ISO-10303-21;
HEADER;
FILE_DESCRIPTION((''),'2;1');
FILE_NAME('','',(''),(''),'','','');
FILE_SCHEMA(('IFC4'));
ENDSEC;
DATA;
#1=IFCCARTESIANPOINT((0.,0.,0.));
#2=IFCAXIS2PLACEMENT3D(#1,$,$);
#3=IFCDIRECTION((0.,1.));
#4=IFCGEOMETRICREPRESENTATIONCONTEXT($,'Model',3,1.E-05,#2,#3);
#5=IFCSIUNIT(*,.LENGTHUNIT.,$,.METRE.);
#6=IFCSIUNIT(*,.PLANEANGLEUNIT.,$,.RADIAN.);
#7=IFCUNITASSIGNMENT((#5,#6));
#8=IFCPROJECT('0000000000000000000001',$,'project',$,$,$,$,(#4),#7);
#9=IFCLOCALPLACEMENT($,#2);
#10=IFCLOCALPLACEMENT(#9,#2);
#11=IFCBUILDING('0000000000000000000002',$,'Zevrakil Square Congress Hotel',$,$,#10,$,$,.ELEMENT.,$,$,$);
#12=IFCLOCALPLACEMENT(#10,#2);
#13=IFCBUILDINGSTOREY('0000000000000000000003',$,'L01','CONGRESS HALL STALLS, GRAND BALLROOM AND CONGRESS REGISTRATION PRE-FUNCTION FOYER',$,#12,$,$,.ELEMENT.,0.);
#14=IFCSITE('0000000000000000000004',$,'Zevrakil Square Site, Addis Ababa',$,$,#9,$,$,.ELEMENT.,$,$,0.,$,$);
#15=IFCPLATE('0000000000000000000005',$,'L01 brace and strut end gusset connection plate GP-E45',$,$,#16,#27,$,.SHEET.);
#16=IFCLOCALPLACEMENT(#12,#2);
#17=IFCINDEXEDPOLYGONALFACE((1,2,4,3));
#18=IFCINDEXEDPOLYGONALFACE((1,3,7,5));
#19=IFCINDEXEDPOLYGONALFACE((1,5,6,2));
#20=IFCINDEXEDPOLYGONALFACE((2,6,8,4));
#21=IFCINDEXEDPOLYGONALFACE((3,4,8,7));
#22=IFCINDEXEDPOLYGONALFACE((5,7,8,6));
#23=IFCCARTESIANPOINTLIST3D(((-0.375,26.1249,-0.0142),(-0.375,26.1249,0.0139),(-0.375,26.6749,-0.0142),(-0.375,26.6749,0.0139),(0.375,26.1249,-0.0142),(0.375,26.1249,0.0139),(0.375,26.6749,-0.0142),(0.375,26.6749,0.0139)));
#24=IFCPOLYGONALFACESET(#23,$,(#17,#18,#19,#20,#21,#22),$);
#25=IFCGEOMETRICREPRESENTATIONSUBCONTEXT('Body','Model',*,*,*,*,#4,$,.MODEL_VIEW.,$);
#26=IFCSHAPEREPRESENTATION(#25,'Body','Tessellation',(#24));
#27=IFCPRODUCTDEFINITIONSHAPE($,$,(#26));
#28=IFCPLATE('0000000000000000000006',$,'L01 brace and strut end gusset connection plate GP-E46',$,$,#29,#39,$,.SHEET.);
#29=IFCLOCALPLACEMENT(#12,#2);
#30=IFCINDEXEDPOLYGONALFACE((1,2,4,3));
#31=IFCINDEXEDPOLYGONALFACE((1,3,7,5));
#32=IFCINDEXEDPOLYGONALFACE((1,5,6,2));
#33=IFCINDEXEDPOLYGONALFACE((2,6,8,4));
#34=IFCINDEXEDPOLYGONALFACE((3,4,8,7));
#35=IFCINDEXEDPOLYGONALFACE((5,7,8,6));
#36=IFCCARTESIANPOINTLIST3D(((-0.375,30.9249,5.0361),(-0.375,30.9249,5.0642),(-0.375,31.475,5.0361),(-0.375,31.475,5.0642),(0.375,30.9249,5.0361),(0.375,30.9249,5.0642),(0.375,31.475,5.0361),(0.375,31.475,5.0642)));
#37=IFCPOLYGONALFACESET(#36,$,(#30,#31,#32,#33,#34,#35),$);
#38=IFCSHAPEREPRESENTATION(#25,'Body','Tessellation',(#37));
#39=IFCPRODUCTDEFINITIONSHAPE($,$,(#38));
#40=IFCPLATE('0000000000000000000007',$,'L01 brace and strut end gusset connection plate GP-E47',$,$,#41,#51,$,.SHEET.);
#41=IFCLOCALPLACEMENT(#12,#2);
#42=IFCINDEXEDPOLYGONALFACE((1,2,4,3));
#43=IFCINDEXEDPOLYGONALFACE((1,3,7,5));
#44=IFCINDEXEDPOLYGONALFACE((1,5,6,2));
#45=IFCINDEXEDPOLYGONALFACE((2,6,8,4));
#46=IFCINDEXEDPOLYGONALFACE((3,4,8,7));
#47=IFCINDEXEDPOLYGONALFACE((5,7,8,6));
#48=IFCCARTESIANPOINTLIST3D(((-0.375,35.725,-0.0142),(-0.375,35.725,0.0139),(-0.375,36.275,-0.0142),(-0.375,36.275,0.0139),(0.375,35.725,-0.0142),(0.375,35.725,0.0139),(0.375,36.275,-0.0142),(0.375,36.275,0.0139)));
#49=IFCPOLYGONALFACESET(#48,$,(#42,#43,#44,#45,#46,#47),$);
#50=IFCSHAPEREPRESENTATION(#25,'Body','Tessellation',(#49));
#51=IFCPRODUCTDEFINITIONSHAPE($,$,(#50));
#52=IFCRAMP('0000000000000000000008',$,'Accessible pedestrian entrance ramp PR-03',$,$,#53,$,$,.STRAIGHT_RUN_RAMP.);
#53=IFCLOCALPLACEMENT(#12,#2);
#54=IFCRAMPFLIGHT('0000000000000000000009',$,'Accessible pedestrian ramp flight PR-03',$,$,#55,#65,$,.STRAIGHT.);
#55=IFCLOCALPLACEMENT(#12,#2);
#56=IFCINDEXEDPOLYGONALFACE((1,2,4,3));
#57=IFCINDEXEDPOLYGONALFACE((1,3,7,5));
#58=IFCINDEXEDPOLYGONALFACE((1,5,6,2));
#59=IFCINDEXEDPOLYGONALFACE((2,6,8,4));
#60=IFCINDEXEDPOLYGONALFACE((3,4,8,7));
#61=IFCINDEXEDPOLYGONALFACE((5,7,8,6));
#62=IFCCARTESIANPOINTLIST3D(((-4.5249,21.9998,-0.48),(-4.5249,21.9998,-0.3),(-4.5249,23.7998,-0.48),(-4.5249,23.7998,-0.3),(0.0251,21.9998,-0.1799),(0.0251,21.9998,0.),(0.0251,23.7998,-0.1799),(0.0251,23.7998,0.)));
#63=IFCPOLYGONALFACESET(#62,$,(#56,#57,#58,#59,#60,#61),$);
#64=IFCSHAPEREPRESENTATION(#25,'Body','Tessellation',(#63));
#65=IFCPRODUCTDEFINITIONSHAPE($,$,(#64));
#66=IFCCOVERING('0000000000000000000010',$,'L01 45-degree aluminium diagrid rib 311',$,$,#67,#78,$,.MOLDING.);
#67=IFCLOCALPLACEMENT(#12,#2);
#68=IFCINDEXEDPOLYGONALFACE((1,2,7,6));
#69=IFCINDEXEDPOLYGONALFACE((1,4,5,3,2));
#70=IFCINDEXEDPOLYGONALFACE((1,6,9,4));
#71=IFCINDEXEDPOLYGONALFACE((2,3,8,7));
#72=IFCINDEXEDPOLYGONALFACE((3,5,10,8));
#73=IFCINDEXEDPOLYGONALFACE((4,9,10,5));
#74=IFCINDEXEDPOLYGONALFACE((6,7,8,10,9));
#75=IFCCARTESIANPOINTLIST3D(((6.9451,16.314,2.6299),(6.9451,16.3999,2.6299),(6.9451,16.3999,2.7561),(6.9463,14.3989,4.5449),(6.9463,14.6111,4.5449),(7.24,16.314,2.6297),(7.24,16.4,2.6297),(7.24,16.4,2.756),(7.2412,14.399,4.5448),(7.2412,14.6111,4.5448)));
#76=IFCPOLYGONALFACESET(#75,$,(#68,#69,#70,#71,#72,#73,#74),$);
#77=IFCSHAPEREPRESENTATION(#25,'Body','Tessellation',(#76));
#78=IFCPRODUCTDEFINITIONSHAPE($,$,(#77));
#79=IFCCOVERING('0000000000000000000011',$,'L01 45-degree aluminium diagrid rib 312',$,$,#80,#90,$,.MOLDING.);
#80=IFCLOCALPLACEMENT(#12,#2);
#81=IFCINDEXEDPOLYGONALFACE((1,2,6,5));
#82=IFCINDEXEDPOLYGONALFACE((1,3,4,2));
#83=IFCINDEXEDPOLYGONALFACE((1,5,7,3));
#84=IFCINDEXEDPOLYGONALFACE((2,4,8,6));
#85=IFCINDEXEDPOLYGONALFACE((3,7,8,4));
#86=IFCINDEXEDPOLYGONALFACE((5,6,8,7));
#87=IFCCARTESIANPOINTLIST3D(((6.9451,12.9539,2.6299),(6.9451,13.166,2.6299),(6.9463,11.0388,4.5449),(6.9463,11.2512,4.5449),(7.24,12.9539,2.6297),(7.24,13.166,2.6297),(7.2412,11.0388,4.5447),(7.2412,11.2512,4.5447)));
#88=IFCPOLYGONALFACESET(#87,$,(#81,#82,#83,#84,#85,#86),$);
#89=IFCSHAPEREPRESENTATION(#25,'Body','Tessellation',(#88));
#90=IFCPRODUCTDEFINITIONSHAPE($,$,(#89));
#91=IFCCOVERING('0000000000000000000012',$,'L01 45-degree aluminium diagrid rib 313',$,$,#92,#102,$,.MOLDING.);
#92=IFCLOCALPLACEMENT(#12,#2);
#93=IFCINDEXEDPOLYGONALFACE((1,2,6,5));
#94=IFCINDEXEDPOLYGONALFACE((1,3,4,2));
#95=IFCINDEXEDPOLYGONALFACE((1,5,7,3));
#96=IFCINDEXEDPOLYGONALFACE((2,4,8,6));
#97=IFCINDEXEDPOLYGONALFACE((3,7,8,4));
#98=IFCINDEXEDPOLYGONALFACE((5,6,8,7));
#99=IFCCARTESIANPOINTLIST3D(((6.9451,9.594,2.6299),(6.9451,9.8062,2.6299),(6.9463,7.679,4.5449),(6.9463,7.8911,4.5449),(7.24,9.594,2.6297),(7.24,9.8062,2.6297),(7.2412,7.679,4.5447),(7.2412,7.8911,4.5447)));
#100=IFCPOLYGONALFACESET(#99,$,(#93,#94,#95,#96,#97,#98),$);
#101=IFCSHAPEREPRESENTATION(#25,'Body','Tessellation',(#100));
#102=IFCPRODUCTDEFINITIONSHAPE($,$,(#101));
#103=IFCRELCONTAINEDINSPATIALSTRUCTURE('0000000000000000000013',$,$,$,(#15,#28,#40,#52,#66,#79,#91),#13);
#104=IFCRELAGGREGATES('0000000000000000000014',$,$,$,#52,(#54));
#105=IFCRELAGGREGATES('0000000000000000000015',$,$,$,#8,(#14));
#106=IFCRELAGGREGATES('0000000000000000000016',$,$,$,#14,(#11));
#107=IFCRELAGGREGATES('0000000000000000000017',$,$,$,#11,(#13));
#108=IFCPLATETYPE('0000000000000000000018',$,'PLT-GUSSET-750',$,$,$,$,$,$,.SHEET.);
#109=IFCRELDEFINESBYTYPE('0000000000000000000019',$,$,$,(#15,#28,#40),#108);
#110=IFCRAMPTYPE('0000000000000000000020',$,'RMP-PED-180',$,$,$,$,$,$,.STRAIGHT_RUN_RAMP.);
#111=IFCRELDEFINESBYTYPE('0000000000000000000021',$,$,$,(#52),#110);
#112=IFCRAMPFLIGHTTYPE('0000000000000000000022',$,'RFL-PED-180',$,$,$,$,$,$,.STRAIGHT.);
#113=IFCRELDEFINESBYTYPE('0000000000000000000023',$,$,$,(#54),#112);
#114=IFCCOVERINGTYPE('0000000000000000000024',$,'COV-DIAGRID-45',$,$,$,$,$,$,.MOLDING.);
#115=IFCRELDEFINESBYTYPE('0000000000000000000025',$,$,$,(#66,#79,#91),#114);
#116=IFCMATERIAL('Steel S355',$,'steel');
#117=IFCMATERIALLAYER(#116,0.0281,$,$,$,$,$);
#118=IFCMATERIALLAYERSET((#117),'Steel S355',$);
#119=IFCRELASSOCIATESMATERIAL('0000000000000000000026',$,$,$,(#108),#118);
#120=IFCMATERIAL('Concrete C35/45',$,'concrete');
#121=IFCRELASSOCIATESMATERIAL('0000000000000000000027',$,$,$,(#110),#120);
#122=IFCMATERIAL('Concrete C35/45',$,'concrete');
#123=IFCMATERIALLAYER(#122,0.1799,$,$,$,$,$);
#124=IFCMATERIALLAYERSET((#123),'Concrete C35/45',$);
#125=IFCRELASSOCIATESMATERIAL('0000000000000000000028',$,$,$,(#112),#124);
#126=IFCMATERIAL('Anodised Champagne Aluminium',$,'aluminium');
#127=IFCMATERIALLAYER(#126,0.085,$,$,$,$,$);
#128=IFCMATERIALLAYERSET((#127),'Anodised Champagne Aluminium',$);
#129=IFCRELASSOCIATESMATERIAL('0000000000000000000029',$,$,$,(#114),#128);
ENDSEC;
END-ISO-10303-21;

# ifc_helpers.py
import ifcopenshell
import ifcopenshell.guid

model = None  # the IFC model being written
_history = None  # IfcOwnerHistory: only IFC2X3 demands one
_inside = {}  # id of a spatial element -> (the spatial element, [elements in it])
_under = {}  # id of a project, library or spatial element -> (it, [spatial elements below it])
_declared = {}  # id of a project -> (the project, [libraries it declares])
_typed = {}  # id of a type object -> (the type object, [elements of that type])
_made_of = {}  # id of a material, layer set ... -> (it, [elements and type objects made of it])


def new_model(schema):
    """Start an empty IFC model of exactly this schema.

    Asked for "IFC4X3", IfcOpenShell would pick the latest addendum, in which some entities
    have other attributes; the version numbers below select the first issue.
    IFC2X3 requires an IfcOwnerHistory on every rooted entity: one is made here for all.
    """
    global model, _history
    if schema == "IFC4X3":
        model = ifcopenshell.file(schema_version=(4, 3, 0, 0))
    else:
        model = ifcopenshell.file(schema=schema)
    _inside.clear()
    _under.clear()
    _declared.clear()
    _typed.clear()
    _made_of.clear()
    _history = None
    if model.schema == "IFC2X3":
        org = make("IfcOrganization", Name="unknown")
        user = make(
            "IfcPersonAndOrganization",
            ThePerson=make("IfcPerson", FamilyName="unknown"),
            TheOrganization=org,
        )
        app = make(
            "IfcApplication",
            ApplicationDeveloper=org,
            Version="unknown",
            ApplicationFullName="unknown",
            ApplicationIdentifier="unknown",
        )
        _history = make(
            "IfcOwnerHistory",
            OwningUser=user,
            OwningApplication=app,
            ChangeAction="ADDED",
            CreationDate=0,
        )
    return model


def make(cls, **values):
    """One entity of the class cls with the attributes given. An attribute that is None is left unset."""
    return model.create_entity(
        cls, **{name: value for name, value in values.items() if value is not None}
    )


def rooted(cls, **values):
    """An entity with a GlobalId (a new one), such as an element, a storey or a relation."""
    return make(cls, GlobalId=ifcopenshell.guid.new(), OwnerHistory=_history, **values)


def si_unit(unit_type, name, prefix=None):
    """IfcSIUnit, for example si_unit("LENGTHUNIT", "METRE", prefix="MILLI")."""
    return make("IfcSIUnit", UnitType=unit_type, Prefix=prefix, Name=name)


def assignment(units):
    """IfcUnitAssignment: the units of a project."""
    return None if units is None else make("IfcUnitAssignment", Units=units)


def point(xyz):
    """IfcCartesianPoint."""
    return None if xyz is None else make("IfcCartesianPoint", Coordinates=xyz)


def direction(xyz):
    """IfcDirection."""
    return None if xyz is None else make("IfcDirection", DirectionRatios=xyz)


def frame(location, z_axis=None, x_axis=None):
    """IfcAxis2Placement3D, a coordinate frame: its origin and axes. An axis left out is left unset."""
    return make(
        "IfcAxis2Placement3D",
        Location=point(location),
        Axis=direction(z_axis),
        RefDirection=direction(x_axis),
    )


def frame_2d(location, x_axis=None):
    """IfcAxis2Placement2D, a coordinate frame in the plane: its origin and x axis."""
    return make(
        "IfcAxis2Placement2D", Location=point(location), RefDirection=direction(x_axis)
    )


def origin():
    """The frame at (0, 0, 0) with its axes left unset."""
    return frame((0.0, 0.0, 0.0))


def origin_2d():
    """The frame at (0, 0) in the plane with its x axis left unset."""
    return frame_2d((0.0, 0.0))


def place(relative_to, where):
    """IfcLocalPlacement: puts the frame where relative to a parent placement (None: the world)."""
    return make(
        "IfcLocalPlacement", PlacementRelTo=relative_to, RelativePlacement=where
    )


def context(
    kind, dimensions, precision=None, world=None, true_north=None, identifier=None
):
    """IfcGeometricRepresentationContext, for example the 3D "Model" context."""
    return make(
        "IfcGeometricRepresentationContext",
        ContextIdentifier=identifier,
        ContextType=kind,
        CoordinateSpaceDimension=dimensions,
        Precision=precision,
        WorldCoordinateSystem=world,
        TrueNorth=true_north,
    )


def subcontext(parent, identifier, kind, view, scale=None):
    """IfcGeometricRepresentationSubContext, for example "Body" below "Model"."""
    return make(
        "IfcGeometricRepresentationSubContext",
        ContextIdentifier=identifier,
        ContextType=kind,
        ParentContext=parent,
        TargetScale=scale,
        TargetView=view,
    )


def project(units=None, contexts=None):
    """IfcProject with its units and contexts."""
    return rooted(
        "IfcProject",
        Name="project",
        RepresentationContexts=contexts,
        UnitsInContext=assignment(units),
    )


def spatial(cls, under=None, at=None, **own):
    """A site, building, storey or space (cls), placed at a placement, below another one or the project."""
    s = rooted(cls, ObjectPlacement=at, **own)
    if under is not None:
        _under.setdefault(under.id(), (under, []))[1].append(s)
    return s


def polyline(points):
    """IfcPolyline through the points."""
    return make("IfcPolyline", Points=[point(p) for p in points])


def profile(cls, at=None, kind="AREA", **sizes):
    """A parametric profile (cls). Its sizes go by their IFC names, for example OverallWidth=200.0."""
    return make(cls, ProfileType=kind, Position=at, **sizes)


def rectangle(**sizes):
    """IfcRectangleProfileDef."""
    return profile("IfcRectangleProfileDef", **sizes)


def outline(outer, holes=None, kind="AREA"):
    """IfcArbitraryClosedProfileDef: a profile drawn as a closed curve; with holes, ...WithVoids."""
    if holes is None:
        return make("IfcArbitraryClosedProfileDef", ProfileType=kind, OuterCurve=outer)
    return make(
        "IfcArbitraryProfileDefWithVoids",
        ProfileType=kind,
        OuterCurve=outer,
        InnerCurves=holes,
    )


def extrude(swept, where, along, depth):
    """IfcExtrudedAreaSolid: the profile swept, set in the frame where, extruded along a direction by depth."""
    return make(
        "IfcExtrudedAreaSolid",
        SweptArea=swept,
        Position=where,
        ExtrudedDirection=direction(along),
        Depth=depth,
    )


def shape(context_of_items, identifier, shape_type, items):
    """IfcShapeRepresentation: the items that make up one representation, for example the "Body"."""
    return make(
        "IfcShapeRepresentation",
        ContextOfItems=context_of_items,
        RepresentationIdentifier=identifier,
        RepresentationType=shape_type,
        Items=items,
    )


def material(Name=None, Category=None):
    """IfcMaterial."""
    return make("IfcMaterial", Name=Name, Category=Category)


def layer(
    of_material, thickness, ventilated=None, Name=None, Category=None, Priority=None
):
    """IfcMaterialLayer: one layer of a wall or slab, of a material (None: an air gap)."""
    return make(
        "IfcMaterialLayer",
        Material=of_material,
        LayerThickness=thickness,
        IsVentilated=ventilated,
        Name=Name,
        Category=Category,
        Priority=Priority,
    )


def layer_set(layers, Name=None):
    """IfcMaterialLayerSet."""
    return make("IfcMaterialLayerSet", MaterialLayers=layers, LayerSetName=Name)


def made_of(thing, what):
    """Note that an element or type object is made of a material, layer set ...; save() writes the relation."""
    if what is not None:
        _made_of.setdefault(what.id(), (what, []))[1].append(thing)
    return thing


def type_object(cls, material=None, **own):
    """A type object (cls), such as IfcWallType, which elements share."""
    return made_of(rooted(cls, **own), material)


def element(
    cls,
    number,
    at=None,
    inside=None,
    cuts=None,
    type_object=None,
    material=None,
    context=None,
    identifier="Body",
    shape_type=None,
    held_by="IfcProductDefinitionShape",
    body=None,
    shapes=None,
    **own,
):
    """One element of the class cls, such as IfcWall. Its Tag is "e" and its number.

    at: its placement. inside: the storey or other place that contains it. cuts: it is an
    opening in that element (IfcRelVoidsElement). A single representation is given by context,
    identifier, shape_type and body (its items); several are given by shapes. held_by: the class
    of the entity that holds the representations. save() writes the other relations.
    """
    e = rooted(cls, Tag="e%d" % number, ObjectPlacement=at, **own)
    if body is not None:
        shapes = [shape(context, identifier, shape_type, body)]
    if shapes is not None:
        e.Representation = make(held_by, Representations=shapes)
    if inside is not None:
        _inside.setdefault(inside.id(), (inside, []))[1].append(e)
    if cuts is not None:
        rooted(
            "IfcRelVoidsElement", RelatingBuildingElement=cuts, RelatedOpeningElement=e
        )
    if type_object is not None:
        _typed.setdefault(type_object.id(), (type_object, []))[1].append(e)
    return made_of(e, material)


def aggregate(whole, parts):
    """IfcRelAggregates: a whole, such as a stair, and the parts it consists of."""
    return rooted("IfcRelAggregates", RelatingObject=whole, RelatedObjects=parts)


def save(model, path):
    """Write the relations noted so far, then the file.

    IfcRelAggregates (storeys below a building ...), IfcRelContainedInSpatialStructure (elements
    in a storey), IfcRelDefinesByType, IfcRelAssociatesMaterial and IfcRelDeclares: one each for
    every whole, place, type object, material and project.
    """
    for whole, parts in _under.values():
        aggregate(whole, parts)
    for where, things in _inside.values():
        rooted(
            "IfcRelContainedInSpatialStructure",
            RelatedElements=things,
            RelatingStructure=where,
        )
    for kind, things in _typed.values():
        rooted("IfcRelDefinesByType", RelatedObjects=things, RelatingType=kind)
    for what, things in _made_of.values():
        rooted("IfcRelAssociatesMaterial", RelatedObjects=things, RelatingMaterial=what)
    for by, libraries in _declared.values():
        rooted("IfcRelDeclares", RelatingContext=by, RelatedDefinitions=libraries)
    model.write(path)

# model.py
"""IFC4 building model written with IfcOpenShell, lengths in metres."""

from ifc_helpers import new_model, si_unit, direction, frame, origin, origin_2d, place, context, subcontext, project, spatial, polyline, rectangle, outline, extrude, material, layer, layer_set, type_object, element, aggregate, save


model = new_model("IFC4")

# Units and contexts
model_context = context("Model", 3, precision=1e-05, world=origin(), true_north=direction((0.0, 1.0)))
body_context = subcontext(model_context, "Body", "Model", "MODEL_VIEW")
ifc_project = project(units=[si_unit("LENGTHUNIT", "METRE"), si_unit("PLANEANGLEUNIT", "RADIAN")], contexts=[model_context])

# Site, building, storey
site_placement = place(None, origin())
site = spatial("IfcSite", under=ifc_project, at=site_placement, Name="Zevrakil Square Site, Addis Ababa", CompositionType="ELEMENT", RefElevation=0.0)
building_placement = place(site_placement, origin())
building = spatial("IfcBuilding", under=site, at=building_placement, Name="Zevrakil Square Congress Hotel", CompositionType="ELEMENT")
storey_placement = place(building_placement, origin())
storey = spatial("IfcBuildingStorey", under=building, at=storey_placement, Name="L01", Description="CONGRESS HALL STALLS, GRAND BALLROOM AND CONGRESS REGISTRATION PRE-FUNCTION FOYER", CompositionType="ELEMENT", Elevation=0.0)

# Plates
ifc_material_1 = material(Name="Steel S355", Category="steel")
ifc_layer_1 = layer(ifc_material_1, 0.0281)
ifc_layer_set_1 = layer_set([ifc_layer_1], Name="Steel S355")
plate_type_1 = type_object("IfcPlateType", Name="PLT-GUSSET-750", PredefinedType="SHEET", material=ifc_layer_set_1)
for number, where, z_axis, x_axis, name in (
    (1, (0.0, 26.3999, -0.0142), (0.0, 0.0, 1.0), (1.0, 0.0, 0.0), "L01 brace and strut end gusset connection plate GP-E45"),
    (2, (0.0, 31.2, 5.0361), (0.0, 0.0, 1.0), (1.0, 0.0, 0.0), "L01 brace and strut end gusset connection plate GP-E46"),
    (3, (0.0, 36.0, -0.0142), (0.0, 0.0, 1.0), (1.0, 0.0, 0.0), "L01 brace and strut end gusset connection plate GP-E47"),
):
    element("IfcPlate", number, at=place(storey_placement, frame(where, z_axis=z_axis, x_axis=x_axis)), inside=storey, type_object=plate_type_1, Name=name, PredefinedType="SHEET", context=body_context, shape_type="SweptSolid", body=[
        extrude(rectangle(XDim=0.75, YDim=0.55, at=origin_2d()), origin(), (0.0, 0.0, 1.0), 0.0281),
    ])

# Ramp, ramp flight
ifc_material_2 = material(Name="Concrete C35/45", Category="concrete")
ramp_type = type_object("IfcRampType", Name="RMP-PED-180", PredefinedType="STRAIGHT_RUN_RAMP", material=ifc_material_2)
ramp_placement = place(storey_placement, origin())
ramp = element("IfcRamp", 4, at=ramp_placement, inside=storey, type_object=ramp_type, Name="Accessible pedestrian entrance ramp PR-03", PredefinedType="STRAIGHT_RUN_RAMP")
ifc_material_3 = material(Name="Concrete C35/45", Category="concrete")
ifc_layer_2 = layer(ifc_material_3, 0.1799)
ifc_layer_set_2 = layer_set([ifc_layer_2], Name="Concrete C35/45")
ramp_flight_type = type_object("IfcRampFlightType", Name="RFL-PED-180", PredefinedType="STRAIGHT", material=ifc_layer_set_2)
ramp_flight_placement = place(storey_placement, frame((-4.5249, 22.8999, -0.3), z_axis=(0.0, -1.0, 0.0), x_axis=(1.0, 0.0, 0.0)))
ramp_flight = element("IfcRampFlight", 5, at=ramp_flight_placement, type_object=ramp_flight_type, Name="Accessible pedestrian ramp flight PR-03", PredefinedType="STRAIGHT", context=body_context, shape_type="SweptSolid", body=[
    extrude(outline(polyline([(0.0, 0.0), (4.55, 0.3), (4.55, 0.1201), (0.0, -0.1799), (0.0, 0.0)])), frame((0.0, 0.0, -0.8999), z_axis=(0.0, 0.0, 1.0), x_axis=(1.0, 0.0, 0.0)), (0.0, 0.0, 1.0), 1.8),
])
aggregate(ramp, [ramp_flight])

# Coverings
ifc_material_4 = material(Name="Anodised Champagne Aluminium", Category="aluminium")
ifc_layer_3 = layer(ifc_material_4, 0.085)
ifc_layer_set_3 = layer_set([ifc_layer_3], Name="Anodised Champagne Aluminium")
covering_type = type_object("IfcCoveringType", Name="COV-DIAGRID-45", PredefinedType="MOLDING", material=ifc_layer_set_3)
covering_1_placement = place(storey_placement, frame((6.9451, 16.314, 2.6299), z_axis=(-1.0, -0.000193, 0.000457), x_axis=(-0.000193, 1.0, 0.0)))
element("IfcCovering", 6, at=covering_1_placement, inside=storey, type_object=covering_type, Name="L01 45-degree aluminium diagrid rib 311", PredefinedType="MOLDING", context=body_context, shape_type="SweptSolid", body=[
    extrude(outline(polyline([(0.0, 0.0), (0.0859, 0.0), (0.0859, -0.1262), (-1.7029, -1.915), (-1.915, -1.915), (0.0, 0.0)])), origin(), (0.0, 0.0, -1.0), 0.2949),
])
covering_2_placement = place(storey_placement, frame((6.9451, 12.9539, 2.6299), z_axis=(-1.0, 0.0, 0.000637), x_axis=(0.0, 1.0, 0.0)))
element("IfcCovering", 7, at=covering_2_placement, inside=storey, type_object=covering_type, Name="L01 45-degree aluminium diagrid rib 312", PredefinedType="MOLDING", context=body_context, shape_type="SweptSolid", body=[
    extrude(outline(polyline([(0.0, 0.0), (0.2122, 0.0), (-1.7026, -1.915), (-1.915, -1.915), (0.0, 0.0)])), origin(), (0.0, 0.0, -1.0), 0.2949),
])
covering_3_placement = place(storey_placement, frame((6.9451, 9.594, 2.6299), z_axis=(-1.0, 0.0, 0.000637), x_axis=(0.0, 1.0, 0.0)))
element("IfcCovering", 8, at=covering_3_placement, inside=storey, type_object=covering_type, Name="L01 45-degree aluminium diagrid rib 313", PredefinedType="MOLDING", context=body_context, shape_type="SweptSolid", body=[
    extrude(outline(polyline([(0.0, 0.0), (0.2122, 0.0), (-1.7029, -1.915), (-1.915, -1.915), (0.0, 0.0)])), origin(), (0.0, 0.0, -1.0), 0.2949),
])

save(model, "model.ifc")
